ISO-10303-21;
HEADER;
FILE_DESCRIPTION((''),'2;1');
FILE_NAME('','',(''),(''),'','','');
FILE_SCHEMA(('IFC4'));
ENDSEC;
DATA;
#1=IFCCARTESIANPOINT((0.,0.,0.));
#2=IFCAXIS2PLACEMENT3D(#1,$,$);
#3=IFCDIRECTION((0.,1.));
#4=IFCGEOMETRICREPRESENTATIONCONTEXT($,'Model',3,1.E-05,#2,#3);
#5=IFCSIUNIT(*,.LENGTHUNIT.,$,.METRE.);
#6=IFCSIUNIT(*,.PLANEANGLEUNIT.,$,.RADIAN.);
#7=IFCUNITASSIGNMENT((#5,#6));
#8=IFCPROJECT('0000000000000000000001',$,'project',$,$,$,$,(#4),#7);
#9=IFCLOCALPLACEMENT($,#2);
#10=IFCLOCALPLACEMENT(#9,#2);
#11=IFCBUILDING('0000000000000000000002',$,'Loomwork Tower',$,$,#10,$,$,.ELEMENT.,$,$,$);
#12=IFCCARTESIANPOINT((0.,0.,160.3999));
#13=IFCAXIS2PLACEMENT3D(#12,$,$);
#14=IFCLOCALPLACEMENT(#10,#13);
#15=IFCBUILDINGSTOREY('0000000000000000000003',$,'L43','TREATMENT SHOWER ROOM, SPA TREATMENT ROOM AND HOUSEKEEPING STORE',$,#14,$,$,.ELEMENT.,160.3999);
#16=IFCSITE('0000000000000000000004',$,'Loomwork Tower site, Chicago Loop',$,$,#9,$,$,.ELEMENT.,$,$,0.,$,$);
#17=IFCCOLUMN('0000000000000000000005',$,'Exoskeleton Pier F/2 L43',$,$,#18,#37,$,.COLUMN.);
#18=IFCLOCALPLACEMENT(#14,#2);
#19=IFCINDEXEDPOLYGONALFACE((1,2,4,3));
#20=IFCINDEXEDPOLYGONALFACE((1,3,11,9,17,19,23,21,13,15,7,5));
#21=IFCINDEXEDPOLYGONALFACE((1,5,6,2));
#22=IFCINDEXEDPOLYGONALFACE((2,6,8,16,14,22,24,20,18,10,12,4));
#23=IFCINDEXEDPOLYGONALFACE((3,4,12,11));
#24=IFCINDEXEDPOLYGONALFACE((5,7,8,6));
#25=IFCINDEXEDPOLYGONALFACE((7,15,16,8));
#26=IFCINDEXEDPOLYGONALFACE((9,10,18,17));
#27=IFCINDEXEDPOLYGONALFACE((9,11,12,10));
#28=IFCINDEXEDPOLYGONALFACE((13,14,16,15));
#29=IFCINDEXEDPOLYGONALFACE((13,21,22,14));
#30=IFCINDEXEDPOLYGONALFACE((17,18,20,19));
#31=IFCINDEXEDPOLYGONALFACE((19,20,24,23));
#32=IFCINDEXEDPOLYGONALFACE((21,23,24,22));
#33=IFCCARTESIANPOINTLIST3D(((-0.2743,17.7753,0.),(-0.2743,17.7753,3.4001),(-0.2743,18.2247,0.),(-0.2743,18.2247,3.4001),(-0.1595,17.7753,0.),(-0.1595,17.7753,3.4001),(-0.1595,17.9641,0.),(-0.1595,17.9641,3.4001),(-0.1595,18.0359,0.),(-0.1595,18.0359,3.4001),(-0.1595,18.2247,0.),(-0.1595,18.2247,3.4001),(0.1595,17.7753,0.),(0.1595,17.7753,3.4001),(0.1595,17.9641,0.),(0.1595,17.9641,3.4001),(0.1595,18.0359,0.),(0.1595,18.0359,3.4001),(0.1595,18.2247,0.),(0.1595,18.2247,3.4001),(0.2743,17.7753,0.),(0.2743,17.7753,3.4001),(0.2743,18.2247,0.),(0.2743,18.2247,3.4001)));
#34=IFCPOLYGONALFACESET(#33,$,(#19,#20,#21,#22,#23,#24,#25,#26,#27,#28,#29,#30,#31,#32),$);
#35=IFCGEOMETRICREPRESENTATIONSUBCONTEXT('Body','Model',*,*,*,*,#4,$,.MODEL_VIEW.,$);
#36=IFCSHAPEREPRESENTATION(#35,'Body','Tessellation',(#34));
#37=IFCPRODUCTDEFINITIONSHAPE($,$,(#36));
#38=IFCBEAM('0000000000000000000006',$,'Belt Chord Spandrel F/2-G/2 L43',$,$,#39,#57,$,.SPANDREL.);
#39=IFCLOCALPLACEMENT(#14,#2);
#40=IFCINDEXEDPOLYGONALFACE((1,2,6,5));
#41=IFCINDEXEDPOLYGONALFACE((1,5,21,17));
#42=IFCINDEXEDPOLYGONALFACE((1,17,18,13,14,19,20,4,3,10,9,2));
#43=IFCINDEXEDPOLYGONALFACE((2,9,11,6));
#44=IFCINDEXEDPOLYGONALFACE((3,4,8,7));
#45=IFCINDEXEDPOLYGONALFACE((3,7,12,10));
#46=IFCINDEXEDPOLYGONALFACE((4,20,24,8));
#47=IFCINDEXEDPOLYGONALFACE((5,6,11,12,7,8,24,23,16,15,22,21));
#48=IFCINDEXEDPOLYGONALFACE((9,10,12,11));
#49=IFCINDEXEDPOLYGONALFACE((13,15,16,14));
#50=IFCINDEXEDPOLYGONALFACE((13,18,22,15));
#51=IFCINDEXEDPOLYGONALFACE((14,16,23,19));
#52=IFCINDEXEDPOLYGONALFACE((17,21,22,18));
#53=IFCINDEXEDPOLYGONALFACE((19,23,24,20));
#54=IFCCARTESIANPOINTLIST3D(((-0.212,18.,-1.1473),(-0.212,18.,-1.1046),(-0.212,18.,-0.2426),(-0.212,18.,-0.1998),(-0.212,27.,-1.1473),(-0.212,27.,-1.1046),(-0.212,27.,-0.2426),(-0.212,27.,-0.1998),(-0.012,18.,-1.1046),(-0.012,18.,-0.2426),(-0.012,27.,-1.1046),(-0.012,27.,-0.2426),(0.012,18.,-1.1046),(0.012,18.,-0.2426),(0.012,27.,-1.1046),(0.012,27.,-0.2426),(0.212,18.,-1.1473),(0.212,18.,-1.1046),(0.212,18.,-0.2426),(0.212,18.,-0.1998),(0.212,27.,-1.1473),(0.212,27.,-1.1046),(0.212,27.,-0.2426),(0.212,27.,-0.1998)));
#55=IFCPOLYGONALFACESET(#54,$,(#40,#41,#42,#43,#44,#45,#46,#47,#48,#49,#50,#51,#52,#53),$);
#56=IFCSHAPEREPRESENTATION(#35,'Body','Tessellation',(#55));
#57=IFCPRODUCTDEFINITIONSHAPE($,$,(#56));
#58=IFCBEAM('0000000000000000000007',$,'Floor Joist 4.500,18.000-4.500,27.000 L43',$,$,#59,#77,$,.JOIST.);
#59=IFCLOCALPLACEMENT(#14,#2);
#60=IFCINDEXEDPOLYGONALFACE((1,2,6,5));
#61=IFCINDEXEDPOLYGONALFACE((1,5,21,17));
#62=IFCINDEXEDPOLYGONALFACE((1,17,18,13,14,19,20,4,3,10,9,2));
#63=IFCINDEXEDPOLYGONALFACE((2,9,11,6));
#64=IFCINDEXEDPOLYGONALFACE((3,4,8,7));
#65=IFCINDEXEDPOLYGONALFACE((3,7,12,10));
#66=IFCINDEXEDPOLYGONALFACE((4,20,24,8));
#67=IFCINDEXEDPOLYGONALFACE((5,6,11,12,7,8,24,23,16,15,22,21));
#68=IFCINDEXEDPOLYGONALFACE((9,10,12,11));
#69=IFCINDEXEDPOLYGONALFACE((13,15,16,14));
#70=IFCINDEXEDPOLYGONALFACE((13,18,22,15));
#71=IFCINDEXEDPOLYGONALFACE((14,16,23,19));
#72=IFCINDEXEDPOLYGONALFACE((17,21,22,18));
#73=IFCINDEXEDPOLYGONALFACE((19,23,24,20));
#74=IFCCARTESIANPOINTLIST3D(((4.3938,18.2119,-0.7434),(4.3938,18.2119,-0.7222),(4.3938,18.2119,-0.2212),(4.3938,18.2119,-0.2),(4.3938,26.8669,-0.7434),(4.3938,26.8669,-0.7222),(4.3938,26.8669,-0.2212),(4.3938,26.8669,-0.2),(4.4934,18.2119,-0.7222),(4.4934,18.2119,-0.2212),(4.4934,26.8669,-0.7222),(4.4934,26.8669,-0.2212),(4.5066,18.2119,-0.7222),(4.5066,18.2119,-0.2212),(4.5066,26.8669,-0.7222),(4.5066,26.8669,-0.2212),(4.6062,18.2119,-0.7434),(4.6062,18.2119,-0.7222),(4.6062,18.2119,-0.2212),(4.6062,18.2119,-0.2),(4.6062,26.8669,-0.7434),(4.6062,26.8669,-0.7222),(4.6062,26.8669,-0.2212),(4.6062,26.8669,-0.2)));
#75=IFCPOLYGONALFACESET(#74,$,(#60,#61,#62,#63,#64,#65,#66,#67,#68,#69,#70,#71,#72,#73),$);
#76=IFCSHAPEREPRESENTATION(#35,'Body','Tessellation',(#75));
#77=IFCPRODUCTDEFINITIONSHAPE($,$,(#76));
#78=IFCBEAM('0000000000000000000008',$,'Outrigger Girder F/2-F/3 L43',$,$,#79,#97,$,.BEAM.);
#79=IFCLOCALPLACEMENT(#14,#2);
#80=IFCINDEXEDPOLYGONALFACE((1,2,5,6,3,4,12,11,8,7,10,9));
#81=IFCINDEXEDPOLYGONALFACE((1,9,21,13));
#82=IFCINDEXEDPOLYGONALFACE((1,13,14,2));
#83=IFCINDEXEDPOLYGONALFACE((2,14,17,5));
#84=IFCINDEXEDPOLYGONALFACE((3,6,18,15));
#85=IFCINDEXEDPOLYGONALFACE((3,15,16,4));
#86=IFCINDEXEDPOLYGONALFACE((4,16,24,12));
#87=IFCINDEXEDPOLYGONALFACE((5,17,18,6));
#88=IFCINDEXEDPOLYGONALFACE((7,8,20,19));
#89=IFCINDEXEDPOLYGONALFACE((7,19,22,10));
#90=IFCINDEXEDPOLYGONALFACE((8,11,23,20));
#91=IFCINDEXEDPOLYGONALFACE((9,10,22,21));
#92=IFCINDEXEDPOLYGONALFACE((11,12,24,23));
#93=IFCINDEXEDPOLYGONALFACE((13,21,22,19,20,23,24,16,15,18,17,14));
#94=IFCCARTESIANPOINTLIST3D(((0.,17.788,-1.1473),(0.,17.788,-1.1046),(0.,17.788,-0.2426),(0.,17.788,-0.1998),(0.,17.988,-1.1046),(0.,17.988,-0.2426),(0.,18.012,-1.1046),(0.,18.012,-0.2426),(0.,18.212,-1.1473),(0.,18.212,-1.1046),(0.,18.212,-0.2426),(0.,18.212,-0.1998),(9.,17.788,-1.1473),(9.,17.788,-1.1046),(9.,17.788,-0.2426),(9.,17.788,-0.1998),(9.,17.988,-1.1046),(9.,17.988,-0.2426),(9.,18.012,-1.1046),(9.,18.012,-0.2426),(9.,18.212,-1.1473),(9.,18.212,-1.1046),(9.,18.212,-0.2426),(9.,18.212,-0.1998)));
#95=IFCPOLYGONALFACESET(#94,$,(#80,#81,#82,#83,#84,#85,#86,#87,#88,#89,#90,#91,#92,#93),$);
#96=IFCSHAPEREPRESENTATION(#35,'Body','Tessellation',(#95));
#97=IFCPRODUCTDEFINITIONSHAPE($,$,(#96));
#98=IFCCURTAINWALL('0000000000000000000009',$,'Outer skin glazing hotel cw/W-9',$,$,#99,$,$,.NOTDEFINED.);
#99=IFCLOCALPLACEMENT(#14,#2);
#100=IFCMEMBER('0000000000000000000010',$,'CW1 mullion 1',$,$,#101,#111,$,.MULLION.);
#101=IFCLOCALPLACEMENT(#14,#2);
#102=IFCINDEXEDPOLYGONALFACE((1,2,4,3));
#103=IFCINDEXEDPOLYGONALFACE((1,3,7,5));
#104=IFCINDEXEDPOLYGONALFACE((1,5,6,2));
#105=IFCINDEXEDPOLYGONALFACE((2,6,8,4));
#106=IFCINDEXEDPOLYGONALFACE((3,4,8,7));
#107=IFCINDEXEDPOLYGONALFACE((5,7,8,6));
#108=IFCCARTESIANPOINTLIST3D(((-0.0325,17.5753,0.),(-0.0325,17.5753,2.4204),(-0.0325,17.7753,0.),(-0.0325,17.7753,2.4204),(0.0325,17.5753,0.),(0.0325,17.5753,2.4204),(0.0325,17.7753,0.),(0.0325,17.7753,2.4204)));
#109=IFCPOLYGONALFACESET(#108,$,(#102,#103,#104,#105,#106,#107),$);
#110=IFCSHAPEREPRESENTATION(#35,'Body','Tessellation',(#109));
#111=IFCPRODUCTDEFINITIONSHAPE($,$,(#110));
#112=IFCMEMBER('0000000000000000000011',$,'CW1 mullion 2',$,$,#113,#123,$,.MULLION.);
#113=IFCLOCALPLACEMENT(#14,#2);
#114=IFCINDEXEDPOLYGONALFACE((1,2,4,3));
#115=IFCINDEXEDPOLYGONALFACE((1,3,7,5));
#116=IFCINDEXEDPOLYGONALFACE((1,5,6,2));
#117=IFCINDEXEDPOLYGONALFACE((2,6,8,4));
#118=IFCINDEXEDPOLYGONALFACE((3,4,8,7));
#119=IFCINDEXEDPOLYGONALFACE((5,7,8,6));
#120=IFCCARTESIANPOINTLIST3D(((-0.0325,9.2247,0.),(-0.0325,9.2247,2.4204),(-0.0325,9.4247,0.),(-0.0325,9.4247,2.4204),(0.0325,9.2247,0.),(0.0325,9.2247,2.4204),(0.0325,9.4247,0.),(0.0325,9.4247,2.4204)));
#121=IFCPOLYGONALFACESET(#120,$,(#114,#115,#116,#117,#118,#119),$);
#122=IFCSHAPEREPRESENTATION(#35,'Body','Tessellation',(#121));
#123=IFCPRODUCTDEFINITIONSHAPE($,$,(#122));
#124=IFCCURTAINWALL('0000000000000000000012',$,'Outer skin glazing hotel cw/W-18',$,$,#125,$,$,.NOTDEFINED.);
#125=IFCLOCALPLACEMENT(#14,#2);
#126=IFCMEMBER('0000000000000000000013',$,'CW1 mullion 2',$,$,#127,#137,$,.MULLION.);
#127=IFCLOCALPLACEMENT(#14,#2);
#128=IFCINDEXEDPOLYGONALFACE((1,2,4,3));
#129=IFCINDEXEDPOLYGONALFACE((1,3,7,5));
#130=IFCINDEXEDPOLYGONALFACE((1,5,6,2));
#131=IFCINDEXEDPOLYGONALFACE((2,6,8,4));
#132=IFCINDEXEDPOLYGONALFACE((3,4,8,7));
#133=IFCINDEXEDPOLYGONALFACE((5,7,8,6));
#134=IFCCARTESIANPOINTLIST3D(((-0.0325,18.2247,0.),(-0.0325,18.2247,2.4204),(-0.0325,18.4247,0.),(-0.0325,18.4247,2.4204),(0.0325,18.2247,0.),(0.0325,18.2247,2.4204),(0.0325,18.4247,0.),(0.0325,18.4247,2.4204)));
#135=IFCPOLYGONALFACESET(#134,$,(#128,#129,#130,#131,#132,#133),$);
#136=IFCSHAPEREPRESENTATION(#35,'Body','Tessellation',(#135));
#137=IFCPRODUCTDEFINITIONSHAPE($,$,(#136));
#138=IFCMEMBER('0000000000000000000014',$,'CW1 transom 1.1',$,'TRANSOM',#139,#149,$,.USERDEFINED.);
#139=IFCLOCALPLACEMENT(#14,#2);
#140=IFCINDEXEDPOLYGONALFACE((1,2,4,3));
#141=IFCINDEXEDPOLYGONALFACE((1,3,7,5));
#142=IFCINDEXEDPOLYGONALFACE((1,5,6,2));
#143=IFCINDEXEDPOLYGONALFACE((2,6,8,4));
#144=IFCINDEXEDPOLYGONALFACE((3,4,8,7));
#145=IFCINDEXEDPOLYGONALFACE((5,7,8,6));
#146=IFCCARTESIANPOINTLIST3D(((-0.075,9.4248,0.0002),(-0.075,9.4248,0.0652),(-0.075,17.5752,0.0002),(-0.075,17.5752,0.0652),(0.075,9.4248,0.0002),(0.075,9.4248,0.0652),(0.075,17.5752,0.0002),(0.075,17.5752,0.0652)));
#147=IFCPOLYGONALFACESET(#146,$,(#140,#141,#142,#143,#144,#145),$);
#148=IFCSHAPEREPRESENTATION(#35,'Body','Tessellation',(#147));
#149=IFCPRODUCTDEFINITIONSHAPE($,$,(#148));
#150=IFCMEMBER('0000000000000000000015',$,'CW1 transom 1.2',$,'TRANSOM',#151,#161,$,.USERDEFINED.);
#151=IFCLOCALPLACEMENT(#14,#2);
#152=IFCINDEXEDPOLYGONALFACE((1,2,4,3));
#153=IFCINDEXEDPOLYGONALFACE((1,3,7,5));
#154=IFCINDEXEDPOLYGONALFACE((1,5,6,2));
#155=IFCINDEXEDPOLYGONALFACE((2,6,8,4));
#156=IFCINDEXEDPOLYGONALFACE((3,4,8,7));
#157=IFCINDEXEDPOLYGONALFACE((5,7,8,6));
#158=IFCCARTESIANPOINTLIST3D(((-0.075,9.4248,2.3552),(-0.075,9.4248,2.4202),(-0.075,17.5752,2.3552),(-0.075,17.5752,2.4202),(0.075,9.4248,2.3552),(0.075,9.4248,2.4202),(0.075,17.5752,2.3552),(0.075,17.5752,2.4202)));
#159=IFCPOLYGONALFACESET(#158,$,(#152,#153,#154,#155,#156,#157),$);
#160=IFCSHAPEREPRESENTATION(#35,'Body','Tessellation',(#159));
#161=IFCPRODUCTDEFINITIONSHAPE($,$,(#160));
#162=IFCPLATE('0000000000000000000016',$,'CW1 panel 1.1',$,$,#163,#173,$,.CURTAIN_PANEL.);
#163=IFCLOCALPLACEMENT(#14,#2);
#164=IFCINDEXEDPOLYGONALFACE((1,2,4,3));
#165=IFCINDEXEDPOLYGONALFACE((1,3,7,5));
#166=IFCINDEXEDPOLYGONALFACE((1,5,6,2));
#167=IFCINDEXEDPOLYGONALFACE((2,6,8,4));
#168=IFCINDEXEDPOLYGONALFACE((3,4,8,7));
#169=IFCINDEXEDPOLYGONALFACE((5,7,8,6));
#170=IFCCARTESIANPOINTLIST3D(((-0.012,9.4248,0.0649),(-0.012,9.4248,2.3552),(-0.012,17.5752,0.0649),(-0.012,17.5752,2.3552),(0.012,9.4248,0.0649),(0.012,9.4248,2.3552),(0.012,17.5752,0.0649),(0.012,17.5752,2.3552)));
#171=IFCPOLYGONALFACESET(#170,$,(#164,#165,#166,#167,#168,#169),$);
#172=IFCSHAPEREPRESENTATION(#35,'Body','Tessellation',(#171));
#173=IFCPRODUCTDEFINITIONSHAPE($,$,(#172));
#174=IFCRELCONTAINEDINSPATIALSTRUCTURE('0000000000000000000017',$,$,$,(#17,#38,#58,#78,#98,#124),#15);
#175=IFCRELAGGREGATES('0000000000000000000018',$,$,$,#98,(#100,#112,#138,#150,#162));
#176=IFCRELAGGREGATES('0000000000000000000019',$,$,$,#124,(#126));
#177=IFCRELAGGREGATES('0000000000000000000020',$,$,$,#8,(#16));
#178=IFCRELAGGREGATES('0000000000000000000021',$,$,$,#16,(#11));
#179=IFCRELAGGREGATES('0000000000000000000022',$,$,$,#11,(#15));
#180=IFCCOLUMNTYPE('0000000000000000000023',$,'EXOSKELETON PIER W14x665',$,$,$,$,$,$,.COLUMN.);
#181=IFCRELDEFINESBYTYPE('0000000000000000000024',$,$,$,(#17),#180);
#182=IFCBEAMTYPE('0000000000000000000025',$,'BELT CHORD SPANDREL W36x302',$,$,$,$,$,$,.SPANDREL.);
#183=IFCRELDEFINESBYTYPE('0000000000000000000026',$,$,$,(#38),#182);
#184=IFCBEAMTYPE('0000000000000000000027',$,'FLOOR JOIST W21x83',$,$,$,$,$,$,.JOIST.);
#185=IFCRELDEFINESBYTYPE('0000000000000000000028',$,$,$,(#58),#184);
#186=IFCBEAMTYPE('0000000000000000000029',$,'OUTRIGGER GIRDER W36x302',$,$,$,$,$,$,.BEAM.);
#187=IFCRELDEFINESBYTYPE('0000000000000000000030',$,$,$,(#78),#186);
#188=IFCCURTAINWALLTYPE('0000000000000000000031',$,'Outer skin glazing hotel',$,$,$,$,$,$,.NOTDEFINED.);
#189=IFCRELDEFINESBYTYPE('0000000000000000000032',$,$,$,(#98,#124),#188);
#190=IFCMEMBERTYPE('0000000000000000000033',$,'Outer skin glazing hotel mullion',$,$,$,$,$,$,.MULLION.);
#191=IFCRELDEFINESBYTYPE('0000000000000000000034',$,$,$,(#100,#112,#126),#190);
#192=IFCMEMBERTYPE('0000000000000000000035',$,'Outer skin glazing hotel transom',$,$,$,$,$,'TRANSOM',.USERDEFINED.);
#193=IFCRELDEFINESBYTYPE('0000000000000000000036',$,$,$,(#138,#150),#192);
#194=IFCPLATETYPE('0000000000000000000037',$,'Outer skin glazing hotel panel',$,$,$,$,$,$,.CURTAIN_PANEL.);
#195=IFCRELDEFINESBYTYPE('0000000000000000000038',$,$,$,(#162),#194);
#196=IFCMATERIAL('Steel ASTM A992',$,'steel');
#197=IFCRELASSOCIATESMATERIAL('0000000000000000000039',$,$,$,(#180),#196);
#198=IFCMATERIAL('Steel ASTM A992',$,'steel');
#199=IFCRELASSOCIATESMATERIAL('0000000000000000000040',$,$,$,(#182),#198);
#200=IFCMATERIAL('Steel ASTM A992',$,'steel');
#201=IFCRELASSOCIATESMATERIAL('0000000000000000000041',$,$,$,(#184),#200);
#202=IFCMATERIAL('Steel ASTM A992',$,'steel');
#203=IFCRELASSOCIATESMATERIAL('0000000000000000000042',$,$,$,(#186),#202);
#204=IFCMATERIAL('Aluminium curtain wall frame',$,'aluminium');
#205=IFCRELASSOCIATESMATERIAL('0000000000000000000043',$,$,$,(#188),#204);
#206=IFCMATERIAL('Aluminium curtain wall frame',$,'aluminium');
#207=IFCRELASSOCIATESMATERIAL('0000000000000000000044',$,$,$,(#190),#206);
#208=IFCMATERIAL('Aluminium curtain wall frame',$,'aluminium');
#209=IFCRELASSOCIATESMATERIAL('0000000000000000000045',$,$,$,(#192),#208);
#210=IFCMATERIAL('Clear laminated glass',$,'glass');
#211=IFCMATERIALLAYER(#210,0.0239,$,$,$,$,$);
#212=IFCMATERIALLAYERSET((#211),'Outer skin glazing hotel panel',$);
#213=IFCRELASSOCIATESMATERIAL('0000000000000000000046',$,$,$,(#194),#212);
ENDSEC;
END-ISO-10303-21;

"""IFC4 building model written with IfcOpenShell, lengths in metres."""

from ifc_helpers import new_model, si_unit, direction, frame, origin, origin_2d, place, context, subcontext, project, spatial, rectangle, i_section, extrude, material, layer, layer_set, material_profile, profile_set, type_object, element, aggregate, save


model = new_model("IFC4")

# Units and contexts
model_context = context("Model", 3, precision=1e-05, world=origin(), true_north=direction((0.0, 1.0)))
body_context = subcontext(model_context, "Body", "Model", "MODEL_VIEW")
ifc_project = project(units=[si_unit("LENGTHUNIT", "METRE"), si_unit("PLANEANGLEUNIT", "RADIAN")], contexts=[model_context])

# Site, building, storey
site_placement = place(None, origin())
site = spatial("IfcSite", under=ifc_project, at=site_placement, Name="Loomwork Tower site, Chicago Loop", CompositionType="ELEMENT", RefElevation=0.0)
building_placement = place(site_placement, origin())
building = spatial("IfcBuilding", under=site, at=building_placement, Name="Loomwork Tower", CompositionType="ELEMENT")
storey_placement = place(building_placement, frame((0.0, 0.0, 160.3999)))
storey = spatial("IfcBuildingStorey", under=building, at=storey_placement, Name="L43", Description="TREATMENT SHOWER ROOM, SPA TREATMENT ROOM AND HOUSEKEEPING STORE", CompositionType="ELEMENT", Elevation=160.3999)

# Column
ifc_material_1 = material(Name="Steel ASTM A992", Category="steel")
ifc_material_profile_1 = material_profile(ifc_material_1, i_section(OverallWidth=0.4495, OverallDepth=0.5486, WebThickness=0.0718, FlangeThickness=0.1147, at=origin_2d()), Name="W14x665")
ifc_profile_set_1 = profile_set([ifc_material_profile_1], Name="Steel ASTM A992")
column_type = type_object("IfcColumnType", Name="EXOSKELETON PIER W14x665", PredefinedType="COLUMN", material=ifc_profile_set_1)
column_placement = place(storey_placement, frame((0.0, 18.0, 0.0), z_axis=(0.0, 0.0, 1.0), x_axis=(0.0, 1.0, 0.0)))
element("IfcColumn", 1, at=column_placement, inside=storey, type_object=column_type, Name="Exoskeleton Pier F/2 L43", PredefinedType="COLUMN", context=body_context, shape_type="SweptSolid", body=[
    extrude(i_section(OverallWidth=0.4495, OverallDepth=0.5486, WebThickness=0.0718, FlangeThickness=0.1147, at=origin_2d()), origin(), (0.0, 0.0, 1.0), 3.4001),
])

# Beams
ifc_material_2 = material(Name="Steel ASTM A992", Category="steel")
ifc_material_profile_2 = material_profile(ifc_material_2, i_section(OverallWidth=0.4241, OverallDepth=0.9475, WebThickness=0.0239, FlangeThickness=0.0427, at=origin_2d()), Name="W36x302")
ifc_profile_set_2 = profile_set([ifc_material_profile_2], Name="Steel ASTM A992")
beam_type_1 = type_object("IfcBeamType", Name="BELT CHORD SPANDREL W36x302", PredefinedType="SPANDREL", material=ifc_profile_set_2)
beam_1_placement = place(storey_placement, frame((0.0, 18.0, -0.6736), z_axis=(0.0, 1.0, 0.0), x_axis=(-1.0, 0.0, 0.0)))
element("IfcBeam", 2, at=beam_1_placement, inside=storey, type_object=beam_type_1, Name="Belt Chord Spandrel F/2-G/2 L43", PredefinedType="SPANDREL", context=body_context, shape_type="SweptSolid", body=[
    extrude(i_section(OverallWidth=0.4241, OverallDepth=0.9475, WebThickness=0.0239, FlangeThickness=0.0427, at=origin_2d()), origin(), (0.0, 0.0, 1.0), 9.0),
])
ifc_material_3 = material(Name="Steel ASTM A992", Category="steel")
ifc_material_profile_3 = material_profile(ifc_material_3, i_section(OverallWidth=0.2124, OverallDepth=0.5435, WebThickness=0.0132, FlangeThickness=0.0212, at=origin_2d()), Name="W21x83")
ifc_profile_set_3 = profile_set([ifc_material_profile_3], Name="Steel ASTM A992")
beam_type_2 = type_object("IfcBeamType", Name="FLOOR JOIST W21x83", PredefinedType="JOIST", material=ifc_profile_set_3)
beam_2_placement = place(storey_placement, frame((4.5, 18.2119, -0.4717), z_axis=(0.0, 1.0, 0.0), x_axis=(-1.0, 0.0, 0.0)))
element("IfcBeam", 3, at=beam_2_placement, inside=storey, type_object=beam_type_2, Name="Floor Joist 4.500,18.000-4.500,27.000 L43", PredefinedType="JOIST", context=body_context, shape_type="SweptSolid", body=[
    extrude(i_section(OverallWidth=0.2124, OverallDepth=0.5435, WebThickness=0.0132, FlangeThickness=0.0212, at=origin_2d()), origin(), (0.0, 0.0, 1.0), 8.655),
])
ifc_material_4 = material(Name="Steel ASTM A992", Category="steel")
ifc_material_profile_4 = material_profile(ifc_material_4, i_section(OverallWidth=0.4241, OverallDepth=0.9475, WebThickness=0.0239, FlangeThickness=0.0427, at=origin_2d()), Name="W36x302")
ifc_profile_set_4 = profile_set([ifc_material_profile_4], Name="Steel ASTM A992")
beam_type_3 = type_object("IfcBeamType", Name="OUTRIGGER GIRDER W36x302", PredefinedType="BEAM", material=ifc_profile_set_4)
beam_3_placement = place(storey_placement, frame((0.0, 18.0, -0.6736), z_axis=(1.0, 0.0, 0.0), x_axis=(0.0, 1.0, 0.0)))
element("IfcBeam", 4, at=beam_3_placement, inside=storey, type_object=beam_type_3, Name="Outrigger Girder F/2-F/3 L43", PredefinedType="BEAM", context=body_context, shape_type="SweptSolid", body=[
    extrude(i_section(OverallWidth=0.4241, OverallDepth=0.9475, WebThickness=0.0239, FlangeThickness=0.0427, at=origin_2d()), origin(), (0.0, 0.0, 1.0), 9.0),
])

# Curtain wall, members
ifc_material_5 = material(Name="Aluminium curtain wall frame", Category="aluminium")
curtain_wall_type = type_object("IfcCurtainWallType", Name="Outer skin glazing hotel", PredefinedType="NOTDEFINED", material=ifc_material_5)
curtain_wall_1_placement = place(storey_placement, origin())
curtain_wall_1 = element("IfcCurtainWall", 5, at=curtain_wall_1_placement, inside=storey, type_object=curtain_wall_type, Name="Outer skin glazing hotel cw/W-9", PredefinedType="NOTDEFINED")
ifc_material_6 = material(Name="Aluminium curtain wall frame", Category="aluminium")
ifc_material_profile_5 = material_profile(ifc_material_6, rectangle(XDim=0.0649, YDim=0.2, at=origin_2d()), Name="AL 65x200")
ifc_profile_set_5 = profile_set([ifc_material_profile_5], Name="Aluminium curtain wall frame")
member_type_1 = type_object("IfcMemberType", Name="Outer skin glazing hotel mullion", PredefinedType="MULLION", material=ifc_profile_set_5)
member_1_placement = place(storey_placement, frame((0.0, 17.6753, 0.0), z_axis=(0.0, 0.0, 1.0), x_axis=(1.0, 0.0, 0.0)))
member_1 = element("IfcMember", 6, at=member_1_placement, type_object=member_type_1, Name="CW1 mullion 1", PredefinedType="MULLION", context=body_context, shape_type="SweptSolid", body=[
    extrude(rectangle(XDim=0.0649, YDim=0.2, at=origin_2d()), origin(), (0.0, 0.0, 1.0), 2.4204),
])
member_2_placement = place(storey_placement, frame((0.0, 9.3247, 0.0), z_axis=(0.0, 0.0, 1.0), x_axis=(1.0, 0.0, 0.0)))
member_2 = element("IfcMember", 7, at=member_2_placement, type_object=member_type_1, Name="CW1 mullion 2", PredefinedType="MULLION", context=body_context, shape_type="SweptSolid", body=[
    extrude(rectangle(XDim=0.0649, YDim=0.2, at=origin_2d()), origin(), (0.0, 0.0, 1.0), 2.4204),
])

# Curtain wall, member
curtain_wall_2_placement = place(storey_placement, origin())
curtain_wall_2 = element("IfcCurtainWall", 8, at=curtain_wall_2_placement, inside=storey, type_object=curtain_wall_type, Name="Outer skin glazing hotel cw/W-18", PredefinedType="NOTDEFINED")
member_3_placement = place(storey_placement, frame((0.0, 18.3247, 0.0), z_axis=(0.0, 0.0, 1.0), x_axis=(1.0, 0.0, 0.0)))
member_3 = element("IfcMember", 9, at=member_3_placement, type_object=member_type_1, Name="CW1 mullion 2", PredefinedType="MULLION", context=body_context, shape_type="SweptSolid", body=[
    extrude(rectangle(XDim=0.0649, YDim=0.2, at=origin_2d()), origin(), (0.0, 0.0, 1.0), 2.4204),
])

# Members
ifc_material_7 = material(Name="Aluminium curtain wall frame", Category="aluminium")
ifc_material_profile_6 = material_profile(ifc_material_7, rectangle(XDim=0.1499, YDim=0.0649, at=origin_2d()), Name="AL 65x150")
ifc_profile_set_6 = profile_set([ifc_material_profile_6], Name="Aluminium curtain wall frame")
member_type_2 = type_object("IfcMemberType", Name="Outer skin glazing hotel transom", ElementType="TRANSOM", PredefinedType="USERDEFINED", material=ifc_profile_set_6)
member_4_placement = place(storey_placement, frame((0.0, 17.5752, 0.0327), z_axis=(0.0, -1.0, 0.0), x_axis=(1.0, 0.0, 0.0)))
member_4 = element("IfcMember", 10, at=member_4_placement, type_object=member_type_2, Name="CW1 transom 1.1", ObjectType="TRANSOM", PredefinedType="USERDEFINED", context=body_context, shape_type="SweptSolid", body=[
    extrude(rectangle(XDim=0.1499, YDim=0.0649, at=origin_2d()), origin(), (0.0, 0.0, 1.0), 8.1504),
])
member_5_placement = place(storey_placement, frame((0.0, 17.5752, 2.3877), z_axis=(0.0, -1.0, 0.0), x_axis=(1.0, 0.0, 0.0)))
member_5 = element("IfcMember", 11, at=member_5_placement, type_object=member_type_2, Name="CW1 transom 1.2", ObjectType="TRANSOM", PredefinedType="USERDEFINED", context=body_context, shape_type="SweptSolid", body=[
    extrude(rectangle(XDim=0.1499, YDim=0.0649, at=origin_2d()), origin(), (0.0, 0.0, 1.0), 8.1504),
])

# Plate
ifc_material_8 = material(Name="Clear laminated glass", Category="glass")
ifc_layer_1 = layer(ifc_material_8, 0.0239)
ifc_layer_set_1 = layer_set([ifc_layer_1], Name="Outer skin glazing hotel panel")
plate_type = type_object("IfcPlateType", Name="Outer skin glazing hotel panel", PredefinedType="CURTAIN_PANEL", material=ifc_layer_set_1)
plate_1_placement = place(storey_placement, frame((0.0, 13.5, 0.0649), z_axis=(0.0, 0.0, 1.0), x_axis=(0.0, -1.0, 0.0)))
plate_1 = element("IfcPlate", 12, at=plate_1_placement, type_object=plate_type, Name="CW1 panel 1.1", PredefinedType="CURTAIN_PANEL", context=body_context, shape_type="SweptSolid", body=[
    extrude(rectangle(XDim=8.1504, YDim=0.0239, at=origin_2d()), origin(), (0.0, 0.0, 1.0), 2.2903),
])
aggregate(curtain_wall_1, [member_1, member_2, member_4, member_5, plate_1])
aggregate(curtain_wall_2, [member_3])

save(model, "model.ifc")
